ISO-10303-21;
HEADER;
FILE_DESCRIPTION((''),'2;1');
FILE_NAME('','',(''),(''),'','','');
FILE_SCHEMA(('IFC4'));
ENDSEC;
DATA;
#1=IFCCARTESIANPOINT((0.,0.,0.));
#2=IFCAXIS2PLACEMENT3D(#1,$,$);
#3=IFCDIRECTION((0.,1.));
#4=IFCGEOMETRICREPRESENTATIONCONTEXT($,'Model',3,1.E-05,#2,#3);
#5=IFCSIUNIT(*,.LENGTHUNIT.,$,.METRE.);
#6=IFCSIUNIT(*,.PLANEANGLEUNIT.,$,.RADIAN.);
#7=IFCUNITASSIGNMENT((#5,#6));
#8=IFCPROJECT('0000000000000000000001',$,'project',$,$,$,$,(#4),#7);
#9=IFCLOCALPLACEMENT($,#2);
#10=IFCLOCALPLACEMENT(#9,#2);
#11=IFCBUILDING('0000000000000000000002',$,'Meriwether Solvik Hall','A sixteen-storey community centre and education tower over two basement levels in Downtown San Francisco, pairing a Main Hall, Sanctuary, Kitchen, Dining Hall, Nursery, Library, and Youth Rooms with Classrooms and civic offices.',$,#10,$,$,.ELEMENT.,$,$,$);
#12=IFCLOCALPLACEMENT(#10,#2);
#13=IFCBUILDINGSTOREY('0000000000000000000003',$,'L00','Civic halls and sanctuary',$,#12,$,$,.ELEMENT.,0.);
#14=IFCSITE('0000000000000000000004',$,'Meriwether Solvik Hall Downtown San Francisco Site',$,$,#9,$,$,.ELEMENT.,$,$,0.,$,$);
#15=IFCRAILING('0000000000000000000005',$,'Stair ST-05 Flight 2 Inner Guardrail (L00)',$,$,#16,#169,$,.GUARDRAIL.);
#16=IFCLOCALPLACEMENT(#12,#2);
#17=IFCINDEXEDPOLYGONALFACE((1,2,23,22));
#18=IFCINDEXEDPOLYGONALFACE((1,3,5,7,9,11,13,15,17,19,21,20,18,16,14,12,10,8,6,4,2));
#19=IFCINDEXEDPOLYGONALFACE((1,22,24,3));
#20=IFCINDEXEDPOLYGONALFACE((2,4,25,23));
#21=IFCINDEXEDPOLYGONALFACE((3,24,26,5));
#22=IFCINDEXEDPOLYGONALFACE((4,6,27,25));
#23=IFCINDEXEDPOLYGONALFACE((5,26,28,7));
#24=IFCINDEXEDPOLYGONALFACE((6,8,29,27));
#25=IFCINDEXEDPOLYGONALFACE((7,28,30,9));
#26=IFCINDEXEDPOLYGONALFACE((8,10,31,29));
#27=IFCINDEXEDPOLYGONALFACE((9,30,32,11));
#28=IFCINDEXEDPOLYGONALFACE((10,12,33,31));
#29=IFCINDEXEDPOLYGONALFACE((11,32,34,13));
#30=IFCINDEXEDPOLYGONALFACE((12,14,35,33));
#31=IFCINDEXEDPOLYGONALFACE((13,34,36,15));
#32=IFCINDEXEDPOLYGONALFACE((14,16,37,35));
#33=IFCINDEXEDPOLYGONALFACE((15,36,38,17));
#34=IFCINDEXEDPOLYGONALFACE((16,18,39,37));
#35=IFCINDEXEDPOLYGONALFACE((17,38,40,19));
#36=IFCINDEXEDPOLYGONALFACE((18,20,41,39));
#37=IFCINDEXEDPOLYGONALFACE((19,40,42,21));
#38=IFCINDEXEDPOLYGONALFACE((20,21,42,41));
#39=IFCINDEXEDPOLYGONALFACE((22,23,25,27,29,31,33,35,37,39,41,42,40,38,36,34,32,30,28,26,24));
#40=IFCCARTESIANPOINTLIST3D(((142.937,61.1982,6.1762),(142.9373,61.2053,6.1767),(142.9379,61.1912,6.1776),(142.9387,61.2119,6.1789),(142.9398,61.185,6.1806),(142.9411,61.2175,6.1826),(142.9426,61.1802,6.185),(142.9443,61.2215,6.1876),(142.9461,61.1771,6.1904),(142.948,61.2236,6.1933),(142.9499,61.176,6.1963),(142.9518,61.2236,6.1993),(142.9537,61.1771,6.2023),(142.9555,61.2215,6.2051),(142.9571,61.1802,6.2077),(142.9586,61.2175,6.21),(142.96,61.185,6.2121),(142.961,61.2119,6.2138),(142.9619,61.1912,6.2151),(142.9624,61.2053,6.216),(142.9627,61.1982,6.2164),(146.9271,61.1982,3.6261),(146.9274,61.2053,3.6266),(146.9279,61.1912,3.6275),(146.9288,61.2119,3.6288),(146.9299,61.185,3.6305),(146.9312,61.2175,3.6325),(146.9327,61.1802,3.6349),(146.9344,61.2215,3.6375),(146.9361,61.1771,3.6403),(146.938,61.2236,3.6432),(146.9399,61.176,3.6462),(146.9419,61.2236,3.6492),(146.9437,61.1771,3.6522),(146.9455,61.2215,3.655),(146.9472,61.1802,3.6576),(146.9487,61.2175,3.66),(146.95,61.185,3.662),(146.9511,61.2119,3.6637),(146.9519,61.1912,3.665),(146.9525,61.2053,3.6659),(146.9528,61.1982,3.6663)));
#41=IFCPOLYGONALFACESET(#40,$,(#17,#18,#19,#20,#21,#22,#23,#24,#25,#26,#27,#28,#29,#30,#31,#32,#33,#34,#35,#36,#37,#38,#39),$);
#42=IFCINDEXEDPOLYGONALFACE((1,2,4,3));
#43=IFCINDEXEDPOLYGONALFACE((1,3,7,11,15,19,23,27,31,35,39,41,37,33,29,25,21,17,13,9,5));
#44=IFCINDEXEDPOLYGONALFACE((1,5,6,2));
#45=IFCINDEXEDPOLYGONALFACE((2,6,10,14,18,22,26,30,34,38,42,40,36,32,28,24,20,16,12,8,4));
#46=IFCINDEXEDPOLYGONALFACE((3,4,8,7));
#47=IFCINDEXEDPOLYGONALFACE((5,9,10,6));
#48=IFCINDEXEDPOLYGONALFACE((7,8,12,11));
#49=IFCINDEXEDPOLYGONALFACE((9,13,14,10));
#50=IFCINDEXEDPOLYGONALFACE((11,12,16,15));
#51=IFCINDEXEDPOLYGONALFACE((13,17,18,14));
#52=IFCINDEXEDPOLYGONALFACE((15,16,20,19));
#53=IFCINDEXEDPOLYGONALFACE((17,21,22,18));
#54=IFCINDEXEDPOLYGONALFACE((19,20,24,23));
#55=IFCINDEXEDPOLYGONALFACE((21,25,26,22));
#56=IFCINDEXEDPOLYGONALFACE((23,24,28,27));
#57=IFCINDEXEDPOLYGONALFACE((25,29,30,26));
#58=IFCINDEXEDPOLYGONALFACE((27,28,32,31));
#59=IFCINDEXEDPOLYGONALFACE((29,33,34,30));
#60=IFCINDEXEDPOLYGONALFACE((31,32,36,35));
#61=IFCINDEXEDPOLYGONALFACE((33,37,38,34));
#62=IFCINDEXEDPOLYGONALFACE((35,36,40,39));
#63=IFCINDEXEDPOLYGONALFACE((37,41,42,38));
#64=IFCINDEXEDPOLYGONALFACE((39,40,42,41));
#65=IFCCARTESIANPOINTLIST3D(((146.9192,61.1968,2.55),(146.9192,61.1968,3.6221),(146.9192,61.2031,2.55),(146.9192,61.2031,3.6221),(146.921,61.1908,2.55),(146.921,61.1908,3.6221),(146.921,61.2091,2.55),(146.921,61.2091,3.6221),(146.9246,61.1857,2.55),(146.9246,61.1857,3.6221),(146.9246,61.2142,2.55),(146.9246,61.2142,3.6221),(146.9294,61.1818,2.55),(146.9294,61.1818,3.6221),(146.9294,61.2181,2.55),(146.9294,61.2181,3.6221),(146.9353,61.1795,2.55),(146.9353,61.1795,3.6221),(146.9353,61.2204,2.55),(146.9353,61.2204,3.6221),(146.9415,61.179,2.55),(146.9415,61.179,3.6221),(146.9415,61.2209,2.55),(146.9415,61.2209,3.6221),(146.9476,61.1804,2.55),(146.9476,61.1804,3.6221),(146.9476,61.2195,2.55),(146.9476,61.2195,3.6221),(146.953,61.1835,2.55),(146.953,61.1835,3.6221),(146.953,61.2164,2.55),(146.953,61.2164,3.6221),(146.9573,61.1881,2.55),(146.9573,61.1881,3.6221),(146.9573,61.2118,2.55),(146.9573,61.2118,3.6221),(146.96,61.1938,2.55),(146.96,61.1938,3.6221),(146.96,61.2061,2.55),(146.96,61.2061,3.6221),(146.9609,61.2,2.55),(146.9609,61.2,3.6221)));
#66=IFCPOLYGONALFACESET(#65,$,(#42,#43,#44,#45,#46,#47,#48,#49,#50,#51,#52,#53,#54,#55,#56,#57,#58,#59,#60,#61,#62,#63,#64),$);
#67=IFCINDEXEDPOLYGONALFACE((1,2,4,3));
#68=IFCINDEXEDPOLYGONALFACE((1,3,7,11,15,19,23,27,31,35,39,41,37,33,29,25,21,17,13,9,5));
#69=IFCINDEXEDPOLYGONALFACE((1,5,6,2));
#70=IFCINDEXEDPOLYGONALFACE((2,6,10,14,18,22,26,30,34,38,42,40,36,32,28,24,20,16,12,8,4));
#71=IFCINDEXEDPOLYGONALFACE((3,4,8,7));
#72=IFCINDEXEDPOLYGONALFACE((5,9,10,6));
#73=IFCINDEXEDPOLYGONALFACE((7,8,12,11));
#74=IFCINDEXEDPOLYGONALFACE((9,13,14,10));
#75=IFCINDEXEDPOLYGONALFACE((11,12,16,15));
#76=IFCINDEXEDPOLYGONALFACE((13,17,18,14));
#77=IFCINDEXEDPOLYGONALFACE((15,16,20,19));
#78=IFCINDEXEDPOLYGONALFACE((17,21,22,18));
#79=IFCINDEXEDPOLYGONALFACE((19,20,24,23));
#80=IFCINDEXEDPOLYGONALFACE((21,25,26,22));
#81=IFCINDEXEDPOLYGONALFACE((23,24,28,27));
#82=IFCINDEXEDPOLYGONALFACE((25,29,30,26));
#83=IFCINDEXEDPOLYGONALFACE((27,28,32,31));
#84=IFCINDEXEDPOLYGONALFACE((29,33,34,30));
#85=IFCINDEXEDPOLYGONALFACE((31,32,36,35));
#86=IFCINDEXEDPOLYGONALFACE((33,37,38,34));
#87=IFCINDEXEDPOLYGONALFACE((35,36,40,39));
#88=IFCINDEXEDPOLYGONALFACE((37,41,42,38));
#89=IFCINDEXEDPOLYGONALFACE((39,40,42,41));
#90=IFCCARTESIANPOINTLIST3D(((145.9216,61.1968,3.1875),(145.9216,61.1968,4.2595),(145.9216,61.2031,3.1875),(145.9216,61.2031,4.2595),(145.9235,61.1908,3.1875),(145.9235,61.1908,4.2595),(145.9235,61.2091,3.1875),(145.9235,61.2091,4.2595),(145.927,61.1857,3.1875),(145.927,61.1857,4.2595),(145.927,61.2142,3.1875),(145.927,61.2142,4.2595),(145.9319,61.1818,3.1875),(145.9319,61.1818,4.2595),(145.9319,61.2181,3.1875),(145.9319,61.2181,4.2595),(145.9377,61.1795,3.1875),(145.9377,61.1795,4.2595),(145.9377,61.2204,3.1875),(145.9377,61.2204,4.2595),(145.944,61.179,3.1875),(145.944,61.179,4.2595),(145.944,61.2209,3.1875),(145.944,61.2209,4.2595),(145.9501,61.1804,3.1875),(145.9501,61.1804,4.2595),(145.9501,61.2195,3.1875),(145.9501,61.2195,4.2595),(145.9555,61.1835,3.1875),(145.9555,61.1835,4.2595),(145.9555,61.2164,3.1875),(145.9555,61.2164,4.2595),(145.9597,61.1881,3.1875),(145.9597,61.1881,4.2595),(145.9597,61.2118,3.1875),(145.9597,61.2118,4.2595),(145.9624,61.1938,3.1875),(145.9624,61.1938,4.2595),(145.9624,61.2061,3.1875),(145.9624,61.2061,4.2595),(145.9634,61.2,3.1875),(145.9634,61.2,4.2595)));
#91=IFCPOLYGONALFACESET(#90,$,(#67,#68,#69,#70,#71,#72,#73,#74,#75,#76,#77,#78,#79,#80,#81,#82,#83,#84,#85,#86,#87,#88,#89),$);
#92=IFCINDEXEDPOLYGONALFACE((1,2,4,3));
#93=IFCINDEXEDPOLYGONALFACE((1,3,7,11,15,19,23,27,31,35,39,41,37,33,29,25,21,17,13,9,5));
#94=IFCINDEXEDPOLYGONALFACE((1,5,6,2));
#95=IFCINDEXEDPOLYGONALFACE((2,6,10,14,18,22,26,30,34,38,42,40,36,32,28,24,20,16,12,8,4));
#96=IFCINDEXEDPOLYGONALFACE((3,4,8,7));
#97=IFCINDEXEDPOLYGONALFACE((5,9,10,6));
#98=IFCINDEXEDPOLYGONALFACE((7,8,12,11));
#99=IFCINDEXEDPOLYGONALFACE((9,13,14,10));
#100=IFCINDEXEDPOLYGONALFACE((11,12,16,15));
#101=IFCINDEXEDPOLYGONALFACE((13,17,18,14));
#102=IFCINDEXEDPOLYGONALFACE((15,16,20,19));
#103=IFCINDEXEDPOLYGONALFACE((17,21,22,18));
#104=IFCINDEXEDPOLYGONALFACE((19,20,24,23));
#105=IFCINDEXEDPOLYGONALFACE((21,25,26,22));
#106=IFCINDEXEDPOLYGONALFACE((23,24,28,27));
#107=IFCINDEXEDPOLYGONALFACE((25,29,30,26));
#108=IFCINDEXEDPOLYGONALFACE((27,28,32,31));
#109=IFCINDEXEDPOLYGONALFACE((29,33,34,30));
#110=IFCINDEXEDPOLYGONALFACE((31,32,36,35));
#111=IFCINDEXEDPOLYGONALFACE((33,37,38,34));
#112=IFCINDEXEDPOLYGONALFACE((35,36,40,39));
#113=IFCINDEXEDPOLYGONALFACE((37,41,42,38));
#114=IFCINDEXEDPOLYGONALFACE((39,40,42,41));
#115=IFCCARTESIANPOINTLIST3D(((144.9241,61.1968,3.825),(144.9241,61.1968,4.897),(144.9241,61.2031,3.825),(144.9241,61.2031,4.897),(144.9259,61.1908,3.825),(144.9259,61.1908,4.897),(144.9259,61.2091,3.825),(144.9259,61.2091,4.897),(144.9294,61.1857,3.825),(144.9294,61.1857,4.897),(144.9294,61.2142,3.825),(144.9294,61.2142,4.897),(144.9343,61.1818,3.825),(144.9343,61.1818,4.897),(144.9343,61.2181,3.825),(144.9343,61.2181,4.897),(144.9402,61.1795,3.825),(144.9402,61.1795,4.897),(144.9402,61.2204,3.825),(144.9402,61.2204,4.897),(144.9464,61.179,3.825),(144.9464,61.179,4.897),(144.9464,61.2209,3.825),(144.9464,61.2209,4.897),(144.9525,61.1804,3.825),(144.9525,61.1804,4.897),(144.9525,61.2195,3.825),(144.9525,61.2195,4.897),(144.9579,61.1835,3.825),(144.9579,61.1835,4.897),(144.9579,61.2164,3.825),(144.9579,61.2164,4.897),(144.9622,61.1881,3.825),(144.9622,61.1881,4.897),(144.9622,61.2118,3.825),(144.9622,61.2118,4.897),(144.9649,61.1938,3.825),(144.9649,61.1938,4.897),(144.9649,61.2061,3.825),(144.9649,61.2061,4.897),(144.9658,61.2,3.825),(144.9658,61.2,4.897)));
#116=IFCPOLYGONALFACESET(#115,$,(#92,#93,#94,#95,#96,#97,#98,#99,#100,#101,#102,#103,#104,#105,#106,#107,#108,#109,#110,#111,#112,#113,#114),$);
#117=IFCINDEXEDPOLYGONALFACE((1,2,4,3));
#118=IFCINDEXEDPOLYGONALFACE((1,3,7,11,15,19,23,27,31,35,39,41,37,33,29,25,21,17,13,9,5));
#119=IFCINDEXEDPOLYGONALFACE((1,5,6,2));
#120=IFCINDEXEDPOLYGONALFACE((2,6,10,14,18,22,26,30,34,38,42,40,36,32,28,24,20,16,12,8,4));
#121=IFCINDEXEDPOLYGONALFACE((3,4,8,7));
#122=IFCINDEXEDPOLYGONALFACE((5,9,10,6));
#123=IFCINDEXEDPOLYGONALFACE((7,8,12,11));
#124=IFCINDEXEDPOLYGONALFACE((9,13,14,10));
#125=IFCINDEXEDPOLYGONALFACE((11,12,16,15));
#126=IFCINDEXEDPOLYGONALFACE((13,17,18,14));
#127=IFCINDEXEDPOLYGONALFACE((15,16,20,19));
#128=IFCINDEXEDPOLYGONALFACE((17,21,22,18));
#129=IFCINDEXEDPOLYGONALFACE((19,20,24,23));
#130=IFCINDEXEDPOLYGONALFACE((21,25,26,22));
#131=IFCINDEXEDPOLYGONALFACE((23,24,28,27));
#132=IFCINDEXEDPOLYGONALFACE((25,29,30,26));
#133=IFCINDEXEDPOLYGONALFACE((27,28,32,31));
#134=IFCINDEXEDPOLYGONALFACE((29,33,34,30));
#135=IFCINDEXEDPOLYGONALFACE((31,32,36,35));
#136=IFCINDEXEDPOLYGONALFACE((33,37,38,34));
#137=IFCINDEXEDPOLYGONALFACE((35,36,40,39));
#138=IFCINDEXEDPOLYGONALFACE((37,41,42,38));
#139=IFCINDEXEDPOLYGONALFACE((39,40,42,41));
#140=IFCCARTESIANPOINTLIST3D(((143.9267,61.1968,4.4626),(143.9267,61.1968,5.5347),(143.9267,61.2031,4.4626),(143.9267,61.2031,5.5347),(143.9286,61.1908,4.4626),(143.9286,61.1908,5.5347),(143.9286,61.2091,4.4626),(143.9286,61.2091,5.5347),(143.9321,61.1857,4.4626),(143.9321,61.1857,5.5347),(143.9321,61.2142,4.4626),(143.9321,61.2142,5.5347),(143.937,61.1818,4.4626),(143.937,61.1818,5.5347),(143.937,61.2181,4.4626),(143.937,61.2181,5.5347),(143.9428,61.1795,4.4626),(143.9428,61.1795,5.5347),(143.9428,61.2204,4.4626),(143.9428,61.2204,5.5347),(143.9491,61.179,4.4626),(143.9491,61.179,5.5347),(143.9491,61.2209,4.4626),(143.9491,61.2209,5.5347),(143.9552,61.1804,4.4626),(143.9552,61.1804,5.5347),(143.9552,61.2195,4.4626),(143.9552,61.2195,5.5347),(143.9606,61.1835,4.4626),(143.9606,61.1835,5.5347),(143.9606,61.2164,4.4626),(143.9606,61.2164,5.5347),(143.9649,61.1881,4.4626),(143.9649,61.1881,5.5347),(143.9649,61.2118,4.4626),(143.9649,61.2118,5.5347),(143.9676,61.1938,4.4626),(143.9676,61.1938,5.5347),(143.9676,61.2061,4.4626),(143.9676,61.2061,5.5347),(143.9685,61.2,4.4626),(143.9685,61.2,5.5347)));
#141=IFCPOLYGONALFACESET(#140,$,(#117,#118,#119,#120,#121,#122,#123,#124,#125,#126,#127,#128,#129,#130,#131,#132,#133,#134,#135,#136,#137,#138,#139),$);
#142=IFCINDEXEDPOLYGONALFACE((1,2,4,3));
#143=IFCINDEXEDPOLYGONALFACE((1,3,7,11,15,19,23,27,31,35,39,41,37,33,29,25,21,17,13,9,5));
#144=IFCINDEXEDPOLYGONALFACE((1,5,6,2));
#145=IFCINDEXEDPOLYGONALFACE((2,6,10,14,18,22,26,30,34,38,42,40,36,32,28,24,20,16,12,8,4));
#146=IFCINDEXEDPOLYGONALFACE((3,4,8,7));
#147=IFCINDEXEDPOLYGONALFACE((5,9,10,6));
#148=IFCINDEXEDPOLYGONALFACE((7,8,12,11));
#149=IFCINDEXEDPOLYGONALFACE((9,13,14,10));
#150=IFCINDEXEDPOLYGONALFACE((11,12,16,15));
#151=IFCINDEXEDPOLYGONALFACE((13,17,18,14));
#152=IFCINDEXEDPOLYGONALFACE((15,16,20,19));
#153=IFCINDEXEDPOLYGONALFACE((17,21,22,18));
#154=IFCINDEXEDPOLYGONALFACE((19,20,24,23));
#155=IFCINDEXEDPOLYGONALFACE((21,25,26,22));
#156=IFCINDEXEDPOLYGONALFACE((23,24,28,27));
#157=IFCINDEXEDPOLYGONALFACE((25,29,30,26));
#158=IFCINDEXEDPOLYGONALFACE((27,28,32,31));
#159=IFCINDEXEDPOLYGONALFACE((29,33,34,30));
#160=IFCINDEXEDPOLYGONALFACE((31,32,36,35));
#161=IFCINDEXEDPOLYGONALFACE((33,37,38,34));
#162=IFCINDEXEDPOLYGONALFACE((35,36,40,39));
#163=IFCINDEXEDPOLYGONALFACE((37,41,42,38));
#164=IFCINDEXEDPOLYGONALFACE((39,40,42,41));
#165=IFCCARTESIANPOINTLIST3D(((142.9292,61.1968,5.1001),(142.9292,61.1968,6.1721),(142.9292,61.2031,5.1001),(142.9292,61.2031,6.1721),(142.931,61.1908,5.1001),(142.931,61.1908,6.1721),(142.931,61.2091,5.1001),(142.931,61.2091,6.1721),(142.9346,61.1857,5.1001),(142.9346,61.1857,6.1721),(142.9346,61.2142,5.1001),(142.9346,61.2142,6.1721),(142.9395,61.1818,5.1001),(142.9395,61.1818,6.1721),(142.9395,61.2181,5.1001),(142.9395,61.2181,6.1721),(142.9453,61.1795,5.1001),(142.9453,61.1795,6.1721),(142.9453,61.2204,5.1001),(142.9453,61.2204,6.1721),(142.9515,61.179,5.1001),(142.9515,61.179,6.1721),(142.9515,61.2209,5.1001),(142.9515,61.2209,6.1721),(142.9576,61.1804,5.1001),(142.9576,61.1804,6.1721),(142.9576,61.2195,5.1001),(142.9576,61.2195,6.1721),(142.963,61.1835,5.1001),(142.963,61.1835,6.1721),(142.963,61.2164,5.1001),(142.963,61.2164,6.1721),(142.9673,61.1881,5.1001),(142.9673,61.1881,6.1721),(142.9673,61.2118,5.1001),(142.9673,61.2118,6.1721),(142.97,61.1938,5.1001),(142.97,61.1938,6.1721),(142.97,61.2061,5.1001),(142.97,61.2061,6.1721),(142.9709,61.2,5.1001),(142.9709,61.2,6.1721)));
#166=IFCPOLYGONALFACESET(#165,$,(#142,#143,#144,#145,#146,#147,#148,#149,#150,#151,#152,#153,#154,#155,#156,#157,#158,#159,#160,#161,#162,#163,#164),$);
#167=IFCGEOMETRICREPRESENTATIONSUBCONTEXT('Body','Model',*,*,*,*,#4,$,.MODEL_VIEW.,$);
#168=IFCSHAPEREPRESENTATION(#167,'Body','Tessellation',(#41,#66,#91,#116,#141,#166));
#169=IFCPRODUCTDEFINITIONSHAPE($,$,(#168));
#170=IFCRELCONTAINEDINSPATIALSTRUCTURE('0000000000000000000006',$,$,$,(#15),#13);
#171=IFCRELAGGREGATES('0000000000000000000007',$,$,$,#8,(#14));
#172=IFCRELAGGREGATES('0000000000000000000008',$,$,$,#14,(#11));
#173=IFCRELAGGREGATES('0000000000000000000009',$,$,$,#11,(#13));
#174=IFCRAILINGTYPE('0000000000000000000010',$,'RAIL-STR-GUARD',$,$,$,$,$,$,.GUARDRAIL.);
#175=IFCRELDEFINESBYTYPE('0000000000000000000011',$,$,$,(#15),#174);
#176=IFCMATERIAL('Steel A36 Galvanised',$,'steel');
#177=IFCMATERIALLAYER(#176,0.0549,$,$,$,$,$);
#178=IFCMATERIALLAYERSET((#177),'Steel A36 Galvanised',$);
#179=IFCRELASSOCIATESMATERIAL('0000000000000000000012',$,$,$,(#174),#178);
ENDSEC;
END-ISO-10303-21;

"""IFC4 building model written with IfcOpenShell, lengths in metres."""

from ifc_helpers import new_model, si_unit, direction, frame, origin, origin_2d, place, context, subcontext, project, spatial, circle, extrude, material, layer, layer_set, type_object, element, save


model = new_model("IFC4")

# Units and contexts
model_context = context("Model", 3, precision=1e-05, world=origin(), true_north=direction((0.0, 1.0)))
body_context = subcontext(model_context, "Body", "Model", "MODEL_VIEW")
ifc_project = project(units=[si_unit("LENGTHUNIT", "METRE"), si_unit("PLANEANGLEUNIT", "RADIAN")], contexts=[model_context])

# Site, building, storey
site_placement = place(None, origin())
site = spatial("IfcSite", under=ifc_project, at=site_placement, Name="Meriwether Solvik Hall Downtown San Francisco Site", CompositionType="ELEMENT", RefElevation=0.0)
building_placement = place(site_placement, origin())
building = spatial("IfcBuilding", under=site, at=building_placement, Name="Meriwether Solvik Hall", Description="A sixteen-storey community centre and education tower over two basement levels in Downtown San Francisco, pairing a Main Hall, Sanctuary, Kitchen, Dining Hall, Nursery, Library, and Youth Rooms with Classrooms and civic offices.", CompositionType="ELEMENT")
storey_placement = place(building_placement, origin())
storey = spatial("IfcBuildingStorey", under=building, at=storey_placement, Name="L00", Description="Civic halls and sanctuary", CompositionType="ELEMENT", Elevation=0.0)

# Railing
ifc_material_1 = material(Name="Steel A36 Galvanised", Category="steel")
ifc_layer_1 = layer(ifc_material_1, 0.0549)
ifc_layer_set_1 = layer_set([ifc_layer_1], Name="Steel A36 Galvanised")
railing_type_1 = type_object("IfcRailingType", Name="RAIL-STR-GUARD", PredefinedType="GUARDRAIL", material=ifc_layer_set_1)
railing_1_placement = place(storey_placement, frame((146.9399, 61.2, 2.55)))
element("IfcRailing", 1, at=railing_1_placement, inside=storey, type_object=railing_type_1, Name="Stair ST-05 Flight 2 Inner Guardrail (L00)", PredefinedType="GUARDRAIL", context=body_context, shape_type="SweptSolid", body=[
    extrude(circle(Radius=0.0239, at=origin_2d()), frame((0.0, 0.0, 1.0962), z_axis=(-0.842611, 0.0, 0.538523), x_axis=(0.0, -1.0, 0.0)), (0.0, 0.0, 1.0), 4.7354),
    extrude(circle(Radius=0.021, at=origin_2d()), origin(), (0.0, 0.0, 1.0), 1.072),
    extrude(circle(Radius=0.021, at=origin_2d()), frame((-0.9976, 0.0, 0.6375)), (0.0, 0.0, 1.0), 1.072),
    extrude(circle(Radius=0.021, at=origin_2d()), frame((-1.9951, 0.0, 1.2749)), (0.0, 0.0, 1.0), 1.072),
    extrude(circle(Radius=0.021, at=origin_2d()), frame((-2.9924, 0.0, 1.9126)), (0.0, 0.0, 1.0), 1.072),
    extrude(circle(Radius=0.021, at=origin_2d()), frame((-3.99, 0.0, 2.55)), (0.0, 0.0, 1.0), 1.072),
])

save(model, "model.ifc")
